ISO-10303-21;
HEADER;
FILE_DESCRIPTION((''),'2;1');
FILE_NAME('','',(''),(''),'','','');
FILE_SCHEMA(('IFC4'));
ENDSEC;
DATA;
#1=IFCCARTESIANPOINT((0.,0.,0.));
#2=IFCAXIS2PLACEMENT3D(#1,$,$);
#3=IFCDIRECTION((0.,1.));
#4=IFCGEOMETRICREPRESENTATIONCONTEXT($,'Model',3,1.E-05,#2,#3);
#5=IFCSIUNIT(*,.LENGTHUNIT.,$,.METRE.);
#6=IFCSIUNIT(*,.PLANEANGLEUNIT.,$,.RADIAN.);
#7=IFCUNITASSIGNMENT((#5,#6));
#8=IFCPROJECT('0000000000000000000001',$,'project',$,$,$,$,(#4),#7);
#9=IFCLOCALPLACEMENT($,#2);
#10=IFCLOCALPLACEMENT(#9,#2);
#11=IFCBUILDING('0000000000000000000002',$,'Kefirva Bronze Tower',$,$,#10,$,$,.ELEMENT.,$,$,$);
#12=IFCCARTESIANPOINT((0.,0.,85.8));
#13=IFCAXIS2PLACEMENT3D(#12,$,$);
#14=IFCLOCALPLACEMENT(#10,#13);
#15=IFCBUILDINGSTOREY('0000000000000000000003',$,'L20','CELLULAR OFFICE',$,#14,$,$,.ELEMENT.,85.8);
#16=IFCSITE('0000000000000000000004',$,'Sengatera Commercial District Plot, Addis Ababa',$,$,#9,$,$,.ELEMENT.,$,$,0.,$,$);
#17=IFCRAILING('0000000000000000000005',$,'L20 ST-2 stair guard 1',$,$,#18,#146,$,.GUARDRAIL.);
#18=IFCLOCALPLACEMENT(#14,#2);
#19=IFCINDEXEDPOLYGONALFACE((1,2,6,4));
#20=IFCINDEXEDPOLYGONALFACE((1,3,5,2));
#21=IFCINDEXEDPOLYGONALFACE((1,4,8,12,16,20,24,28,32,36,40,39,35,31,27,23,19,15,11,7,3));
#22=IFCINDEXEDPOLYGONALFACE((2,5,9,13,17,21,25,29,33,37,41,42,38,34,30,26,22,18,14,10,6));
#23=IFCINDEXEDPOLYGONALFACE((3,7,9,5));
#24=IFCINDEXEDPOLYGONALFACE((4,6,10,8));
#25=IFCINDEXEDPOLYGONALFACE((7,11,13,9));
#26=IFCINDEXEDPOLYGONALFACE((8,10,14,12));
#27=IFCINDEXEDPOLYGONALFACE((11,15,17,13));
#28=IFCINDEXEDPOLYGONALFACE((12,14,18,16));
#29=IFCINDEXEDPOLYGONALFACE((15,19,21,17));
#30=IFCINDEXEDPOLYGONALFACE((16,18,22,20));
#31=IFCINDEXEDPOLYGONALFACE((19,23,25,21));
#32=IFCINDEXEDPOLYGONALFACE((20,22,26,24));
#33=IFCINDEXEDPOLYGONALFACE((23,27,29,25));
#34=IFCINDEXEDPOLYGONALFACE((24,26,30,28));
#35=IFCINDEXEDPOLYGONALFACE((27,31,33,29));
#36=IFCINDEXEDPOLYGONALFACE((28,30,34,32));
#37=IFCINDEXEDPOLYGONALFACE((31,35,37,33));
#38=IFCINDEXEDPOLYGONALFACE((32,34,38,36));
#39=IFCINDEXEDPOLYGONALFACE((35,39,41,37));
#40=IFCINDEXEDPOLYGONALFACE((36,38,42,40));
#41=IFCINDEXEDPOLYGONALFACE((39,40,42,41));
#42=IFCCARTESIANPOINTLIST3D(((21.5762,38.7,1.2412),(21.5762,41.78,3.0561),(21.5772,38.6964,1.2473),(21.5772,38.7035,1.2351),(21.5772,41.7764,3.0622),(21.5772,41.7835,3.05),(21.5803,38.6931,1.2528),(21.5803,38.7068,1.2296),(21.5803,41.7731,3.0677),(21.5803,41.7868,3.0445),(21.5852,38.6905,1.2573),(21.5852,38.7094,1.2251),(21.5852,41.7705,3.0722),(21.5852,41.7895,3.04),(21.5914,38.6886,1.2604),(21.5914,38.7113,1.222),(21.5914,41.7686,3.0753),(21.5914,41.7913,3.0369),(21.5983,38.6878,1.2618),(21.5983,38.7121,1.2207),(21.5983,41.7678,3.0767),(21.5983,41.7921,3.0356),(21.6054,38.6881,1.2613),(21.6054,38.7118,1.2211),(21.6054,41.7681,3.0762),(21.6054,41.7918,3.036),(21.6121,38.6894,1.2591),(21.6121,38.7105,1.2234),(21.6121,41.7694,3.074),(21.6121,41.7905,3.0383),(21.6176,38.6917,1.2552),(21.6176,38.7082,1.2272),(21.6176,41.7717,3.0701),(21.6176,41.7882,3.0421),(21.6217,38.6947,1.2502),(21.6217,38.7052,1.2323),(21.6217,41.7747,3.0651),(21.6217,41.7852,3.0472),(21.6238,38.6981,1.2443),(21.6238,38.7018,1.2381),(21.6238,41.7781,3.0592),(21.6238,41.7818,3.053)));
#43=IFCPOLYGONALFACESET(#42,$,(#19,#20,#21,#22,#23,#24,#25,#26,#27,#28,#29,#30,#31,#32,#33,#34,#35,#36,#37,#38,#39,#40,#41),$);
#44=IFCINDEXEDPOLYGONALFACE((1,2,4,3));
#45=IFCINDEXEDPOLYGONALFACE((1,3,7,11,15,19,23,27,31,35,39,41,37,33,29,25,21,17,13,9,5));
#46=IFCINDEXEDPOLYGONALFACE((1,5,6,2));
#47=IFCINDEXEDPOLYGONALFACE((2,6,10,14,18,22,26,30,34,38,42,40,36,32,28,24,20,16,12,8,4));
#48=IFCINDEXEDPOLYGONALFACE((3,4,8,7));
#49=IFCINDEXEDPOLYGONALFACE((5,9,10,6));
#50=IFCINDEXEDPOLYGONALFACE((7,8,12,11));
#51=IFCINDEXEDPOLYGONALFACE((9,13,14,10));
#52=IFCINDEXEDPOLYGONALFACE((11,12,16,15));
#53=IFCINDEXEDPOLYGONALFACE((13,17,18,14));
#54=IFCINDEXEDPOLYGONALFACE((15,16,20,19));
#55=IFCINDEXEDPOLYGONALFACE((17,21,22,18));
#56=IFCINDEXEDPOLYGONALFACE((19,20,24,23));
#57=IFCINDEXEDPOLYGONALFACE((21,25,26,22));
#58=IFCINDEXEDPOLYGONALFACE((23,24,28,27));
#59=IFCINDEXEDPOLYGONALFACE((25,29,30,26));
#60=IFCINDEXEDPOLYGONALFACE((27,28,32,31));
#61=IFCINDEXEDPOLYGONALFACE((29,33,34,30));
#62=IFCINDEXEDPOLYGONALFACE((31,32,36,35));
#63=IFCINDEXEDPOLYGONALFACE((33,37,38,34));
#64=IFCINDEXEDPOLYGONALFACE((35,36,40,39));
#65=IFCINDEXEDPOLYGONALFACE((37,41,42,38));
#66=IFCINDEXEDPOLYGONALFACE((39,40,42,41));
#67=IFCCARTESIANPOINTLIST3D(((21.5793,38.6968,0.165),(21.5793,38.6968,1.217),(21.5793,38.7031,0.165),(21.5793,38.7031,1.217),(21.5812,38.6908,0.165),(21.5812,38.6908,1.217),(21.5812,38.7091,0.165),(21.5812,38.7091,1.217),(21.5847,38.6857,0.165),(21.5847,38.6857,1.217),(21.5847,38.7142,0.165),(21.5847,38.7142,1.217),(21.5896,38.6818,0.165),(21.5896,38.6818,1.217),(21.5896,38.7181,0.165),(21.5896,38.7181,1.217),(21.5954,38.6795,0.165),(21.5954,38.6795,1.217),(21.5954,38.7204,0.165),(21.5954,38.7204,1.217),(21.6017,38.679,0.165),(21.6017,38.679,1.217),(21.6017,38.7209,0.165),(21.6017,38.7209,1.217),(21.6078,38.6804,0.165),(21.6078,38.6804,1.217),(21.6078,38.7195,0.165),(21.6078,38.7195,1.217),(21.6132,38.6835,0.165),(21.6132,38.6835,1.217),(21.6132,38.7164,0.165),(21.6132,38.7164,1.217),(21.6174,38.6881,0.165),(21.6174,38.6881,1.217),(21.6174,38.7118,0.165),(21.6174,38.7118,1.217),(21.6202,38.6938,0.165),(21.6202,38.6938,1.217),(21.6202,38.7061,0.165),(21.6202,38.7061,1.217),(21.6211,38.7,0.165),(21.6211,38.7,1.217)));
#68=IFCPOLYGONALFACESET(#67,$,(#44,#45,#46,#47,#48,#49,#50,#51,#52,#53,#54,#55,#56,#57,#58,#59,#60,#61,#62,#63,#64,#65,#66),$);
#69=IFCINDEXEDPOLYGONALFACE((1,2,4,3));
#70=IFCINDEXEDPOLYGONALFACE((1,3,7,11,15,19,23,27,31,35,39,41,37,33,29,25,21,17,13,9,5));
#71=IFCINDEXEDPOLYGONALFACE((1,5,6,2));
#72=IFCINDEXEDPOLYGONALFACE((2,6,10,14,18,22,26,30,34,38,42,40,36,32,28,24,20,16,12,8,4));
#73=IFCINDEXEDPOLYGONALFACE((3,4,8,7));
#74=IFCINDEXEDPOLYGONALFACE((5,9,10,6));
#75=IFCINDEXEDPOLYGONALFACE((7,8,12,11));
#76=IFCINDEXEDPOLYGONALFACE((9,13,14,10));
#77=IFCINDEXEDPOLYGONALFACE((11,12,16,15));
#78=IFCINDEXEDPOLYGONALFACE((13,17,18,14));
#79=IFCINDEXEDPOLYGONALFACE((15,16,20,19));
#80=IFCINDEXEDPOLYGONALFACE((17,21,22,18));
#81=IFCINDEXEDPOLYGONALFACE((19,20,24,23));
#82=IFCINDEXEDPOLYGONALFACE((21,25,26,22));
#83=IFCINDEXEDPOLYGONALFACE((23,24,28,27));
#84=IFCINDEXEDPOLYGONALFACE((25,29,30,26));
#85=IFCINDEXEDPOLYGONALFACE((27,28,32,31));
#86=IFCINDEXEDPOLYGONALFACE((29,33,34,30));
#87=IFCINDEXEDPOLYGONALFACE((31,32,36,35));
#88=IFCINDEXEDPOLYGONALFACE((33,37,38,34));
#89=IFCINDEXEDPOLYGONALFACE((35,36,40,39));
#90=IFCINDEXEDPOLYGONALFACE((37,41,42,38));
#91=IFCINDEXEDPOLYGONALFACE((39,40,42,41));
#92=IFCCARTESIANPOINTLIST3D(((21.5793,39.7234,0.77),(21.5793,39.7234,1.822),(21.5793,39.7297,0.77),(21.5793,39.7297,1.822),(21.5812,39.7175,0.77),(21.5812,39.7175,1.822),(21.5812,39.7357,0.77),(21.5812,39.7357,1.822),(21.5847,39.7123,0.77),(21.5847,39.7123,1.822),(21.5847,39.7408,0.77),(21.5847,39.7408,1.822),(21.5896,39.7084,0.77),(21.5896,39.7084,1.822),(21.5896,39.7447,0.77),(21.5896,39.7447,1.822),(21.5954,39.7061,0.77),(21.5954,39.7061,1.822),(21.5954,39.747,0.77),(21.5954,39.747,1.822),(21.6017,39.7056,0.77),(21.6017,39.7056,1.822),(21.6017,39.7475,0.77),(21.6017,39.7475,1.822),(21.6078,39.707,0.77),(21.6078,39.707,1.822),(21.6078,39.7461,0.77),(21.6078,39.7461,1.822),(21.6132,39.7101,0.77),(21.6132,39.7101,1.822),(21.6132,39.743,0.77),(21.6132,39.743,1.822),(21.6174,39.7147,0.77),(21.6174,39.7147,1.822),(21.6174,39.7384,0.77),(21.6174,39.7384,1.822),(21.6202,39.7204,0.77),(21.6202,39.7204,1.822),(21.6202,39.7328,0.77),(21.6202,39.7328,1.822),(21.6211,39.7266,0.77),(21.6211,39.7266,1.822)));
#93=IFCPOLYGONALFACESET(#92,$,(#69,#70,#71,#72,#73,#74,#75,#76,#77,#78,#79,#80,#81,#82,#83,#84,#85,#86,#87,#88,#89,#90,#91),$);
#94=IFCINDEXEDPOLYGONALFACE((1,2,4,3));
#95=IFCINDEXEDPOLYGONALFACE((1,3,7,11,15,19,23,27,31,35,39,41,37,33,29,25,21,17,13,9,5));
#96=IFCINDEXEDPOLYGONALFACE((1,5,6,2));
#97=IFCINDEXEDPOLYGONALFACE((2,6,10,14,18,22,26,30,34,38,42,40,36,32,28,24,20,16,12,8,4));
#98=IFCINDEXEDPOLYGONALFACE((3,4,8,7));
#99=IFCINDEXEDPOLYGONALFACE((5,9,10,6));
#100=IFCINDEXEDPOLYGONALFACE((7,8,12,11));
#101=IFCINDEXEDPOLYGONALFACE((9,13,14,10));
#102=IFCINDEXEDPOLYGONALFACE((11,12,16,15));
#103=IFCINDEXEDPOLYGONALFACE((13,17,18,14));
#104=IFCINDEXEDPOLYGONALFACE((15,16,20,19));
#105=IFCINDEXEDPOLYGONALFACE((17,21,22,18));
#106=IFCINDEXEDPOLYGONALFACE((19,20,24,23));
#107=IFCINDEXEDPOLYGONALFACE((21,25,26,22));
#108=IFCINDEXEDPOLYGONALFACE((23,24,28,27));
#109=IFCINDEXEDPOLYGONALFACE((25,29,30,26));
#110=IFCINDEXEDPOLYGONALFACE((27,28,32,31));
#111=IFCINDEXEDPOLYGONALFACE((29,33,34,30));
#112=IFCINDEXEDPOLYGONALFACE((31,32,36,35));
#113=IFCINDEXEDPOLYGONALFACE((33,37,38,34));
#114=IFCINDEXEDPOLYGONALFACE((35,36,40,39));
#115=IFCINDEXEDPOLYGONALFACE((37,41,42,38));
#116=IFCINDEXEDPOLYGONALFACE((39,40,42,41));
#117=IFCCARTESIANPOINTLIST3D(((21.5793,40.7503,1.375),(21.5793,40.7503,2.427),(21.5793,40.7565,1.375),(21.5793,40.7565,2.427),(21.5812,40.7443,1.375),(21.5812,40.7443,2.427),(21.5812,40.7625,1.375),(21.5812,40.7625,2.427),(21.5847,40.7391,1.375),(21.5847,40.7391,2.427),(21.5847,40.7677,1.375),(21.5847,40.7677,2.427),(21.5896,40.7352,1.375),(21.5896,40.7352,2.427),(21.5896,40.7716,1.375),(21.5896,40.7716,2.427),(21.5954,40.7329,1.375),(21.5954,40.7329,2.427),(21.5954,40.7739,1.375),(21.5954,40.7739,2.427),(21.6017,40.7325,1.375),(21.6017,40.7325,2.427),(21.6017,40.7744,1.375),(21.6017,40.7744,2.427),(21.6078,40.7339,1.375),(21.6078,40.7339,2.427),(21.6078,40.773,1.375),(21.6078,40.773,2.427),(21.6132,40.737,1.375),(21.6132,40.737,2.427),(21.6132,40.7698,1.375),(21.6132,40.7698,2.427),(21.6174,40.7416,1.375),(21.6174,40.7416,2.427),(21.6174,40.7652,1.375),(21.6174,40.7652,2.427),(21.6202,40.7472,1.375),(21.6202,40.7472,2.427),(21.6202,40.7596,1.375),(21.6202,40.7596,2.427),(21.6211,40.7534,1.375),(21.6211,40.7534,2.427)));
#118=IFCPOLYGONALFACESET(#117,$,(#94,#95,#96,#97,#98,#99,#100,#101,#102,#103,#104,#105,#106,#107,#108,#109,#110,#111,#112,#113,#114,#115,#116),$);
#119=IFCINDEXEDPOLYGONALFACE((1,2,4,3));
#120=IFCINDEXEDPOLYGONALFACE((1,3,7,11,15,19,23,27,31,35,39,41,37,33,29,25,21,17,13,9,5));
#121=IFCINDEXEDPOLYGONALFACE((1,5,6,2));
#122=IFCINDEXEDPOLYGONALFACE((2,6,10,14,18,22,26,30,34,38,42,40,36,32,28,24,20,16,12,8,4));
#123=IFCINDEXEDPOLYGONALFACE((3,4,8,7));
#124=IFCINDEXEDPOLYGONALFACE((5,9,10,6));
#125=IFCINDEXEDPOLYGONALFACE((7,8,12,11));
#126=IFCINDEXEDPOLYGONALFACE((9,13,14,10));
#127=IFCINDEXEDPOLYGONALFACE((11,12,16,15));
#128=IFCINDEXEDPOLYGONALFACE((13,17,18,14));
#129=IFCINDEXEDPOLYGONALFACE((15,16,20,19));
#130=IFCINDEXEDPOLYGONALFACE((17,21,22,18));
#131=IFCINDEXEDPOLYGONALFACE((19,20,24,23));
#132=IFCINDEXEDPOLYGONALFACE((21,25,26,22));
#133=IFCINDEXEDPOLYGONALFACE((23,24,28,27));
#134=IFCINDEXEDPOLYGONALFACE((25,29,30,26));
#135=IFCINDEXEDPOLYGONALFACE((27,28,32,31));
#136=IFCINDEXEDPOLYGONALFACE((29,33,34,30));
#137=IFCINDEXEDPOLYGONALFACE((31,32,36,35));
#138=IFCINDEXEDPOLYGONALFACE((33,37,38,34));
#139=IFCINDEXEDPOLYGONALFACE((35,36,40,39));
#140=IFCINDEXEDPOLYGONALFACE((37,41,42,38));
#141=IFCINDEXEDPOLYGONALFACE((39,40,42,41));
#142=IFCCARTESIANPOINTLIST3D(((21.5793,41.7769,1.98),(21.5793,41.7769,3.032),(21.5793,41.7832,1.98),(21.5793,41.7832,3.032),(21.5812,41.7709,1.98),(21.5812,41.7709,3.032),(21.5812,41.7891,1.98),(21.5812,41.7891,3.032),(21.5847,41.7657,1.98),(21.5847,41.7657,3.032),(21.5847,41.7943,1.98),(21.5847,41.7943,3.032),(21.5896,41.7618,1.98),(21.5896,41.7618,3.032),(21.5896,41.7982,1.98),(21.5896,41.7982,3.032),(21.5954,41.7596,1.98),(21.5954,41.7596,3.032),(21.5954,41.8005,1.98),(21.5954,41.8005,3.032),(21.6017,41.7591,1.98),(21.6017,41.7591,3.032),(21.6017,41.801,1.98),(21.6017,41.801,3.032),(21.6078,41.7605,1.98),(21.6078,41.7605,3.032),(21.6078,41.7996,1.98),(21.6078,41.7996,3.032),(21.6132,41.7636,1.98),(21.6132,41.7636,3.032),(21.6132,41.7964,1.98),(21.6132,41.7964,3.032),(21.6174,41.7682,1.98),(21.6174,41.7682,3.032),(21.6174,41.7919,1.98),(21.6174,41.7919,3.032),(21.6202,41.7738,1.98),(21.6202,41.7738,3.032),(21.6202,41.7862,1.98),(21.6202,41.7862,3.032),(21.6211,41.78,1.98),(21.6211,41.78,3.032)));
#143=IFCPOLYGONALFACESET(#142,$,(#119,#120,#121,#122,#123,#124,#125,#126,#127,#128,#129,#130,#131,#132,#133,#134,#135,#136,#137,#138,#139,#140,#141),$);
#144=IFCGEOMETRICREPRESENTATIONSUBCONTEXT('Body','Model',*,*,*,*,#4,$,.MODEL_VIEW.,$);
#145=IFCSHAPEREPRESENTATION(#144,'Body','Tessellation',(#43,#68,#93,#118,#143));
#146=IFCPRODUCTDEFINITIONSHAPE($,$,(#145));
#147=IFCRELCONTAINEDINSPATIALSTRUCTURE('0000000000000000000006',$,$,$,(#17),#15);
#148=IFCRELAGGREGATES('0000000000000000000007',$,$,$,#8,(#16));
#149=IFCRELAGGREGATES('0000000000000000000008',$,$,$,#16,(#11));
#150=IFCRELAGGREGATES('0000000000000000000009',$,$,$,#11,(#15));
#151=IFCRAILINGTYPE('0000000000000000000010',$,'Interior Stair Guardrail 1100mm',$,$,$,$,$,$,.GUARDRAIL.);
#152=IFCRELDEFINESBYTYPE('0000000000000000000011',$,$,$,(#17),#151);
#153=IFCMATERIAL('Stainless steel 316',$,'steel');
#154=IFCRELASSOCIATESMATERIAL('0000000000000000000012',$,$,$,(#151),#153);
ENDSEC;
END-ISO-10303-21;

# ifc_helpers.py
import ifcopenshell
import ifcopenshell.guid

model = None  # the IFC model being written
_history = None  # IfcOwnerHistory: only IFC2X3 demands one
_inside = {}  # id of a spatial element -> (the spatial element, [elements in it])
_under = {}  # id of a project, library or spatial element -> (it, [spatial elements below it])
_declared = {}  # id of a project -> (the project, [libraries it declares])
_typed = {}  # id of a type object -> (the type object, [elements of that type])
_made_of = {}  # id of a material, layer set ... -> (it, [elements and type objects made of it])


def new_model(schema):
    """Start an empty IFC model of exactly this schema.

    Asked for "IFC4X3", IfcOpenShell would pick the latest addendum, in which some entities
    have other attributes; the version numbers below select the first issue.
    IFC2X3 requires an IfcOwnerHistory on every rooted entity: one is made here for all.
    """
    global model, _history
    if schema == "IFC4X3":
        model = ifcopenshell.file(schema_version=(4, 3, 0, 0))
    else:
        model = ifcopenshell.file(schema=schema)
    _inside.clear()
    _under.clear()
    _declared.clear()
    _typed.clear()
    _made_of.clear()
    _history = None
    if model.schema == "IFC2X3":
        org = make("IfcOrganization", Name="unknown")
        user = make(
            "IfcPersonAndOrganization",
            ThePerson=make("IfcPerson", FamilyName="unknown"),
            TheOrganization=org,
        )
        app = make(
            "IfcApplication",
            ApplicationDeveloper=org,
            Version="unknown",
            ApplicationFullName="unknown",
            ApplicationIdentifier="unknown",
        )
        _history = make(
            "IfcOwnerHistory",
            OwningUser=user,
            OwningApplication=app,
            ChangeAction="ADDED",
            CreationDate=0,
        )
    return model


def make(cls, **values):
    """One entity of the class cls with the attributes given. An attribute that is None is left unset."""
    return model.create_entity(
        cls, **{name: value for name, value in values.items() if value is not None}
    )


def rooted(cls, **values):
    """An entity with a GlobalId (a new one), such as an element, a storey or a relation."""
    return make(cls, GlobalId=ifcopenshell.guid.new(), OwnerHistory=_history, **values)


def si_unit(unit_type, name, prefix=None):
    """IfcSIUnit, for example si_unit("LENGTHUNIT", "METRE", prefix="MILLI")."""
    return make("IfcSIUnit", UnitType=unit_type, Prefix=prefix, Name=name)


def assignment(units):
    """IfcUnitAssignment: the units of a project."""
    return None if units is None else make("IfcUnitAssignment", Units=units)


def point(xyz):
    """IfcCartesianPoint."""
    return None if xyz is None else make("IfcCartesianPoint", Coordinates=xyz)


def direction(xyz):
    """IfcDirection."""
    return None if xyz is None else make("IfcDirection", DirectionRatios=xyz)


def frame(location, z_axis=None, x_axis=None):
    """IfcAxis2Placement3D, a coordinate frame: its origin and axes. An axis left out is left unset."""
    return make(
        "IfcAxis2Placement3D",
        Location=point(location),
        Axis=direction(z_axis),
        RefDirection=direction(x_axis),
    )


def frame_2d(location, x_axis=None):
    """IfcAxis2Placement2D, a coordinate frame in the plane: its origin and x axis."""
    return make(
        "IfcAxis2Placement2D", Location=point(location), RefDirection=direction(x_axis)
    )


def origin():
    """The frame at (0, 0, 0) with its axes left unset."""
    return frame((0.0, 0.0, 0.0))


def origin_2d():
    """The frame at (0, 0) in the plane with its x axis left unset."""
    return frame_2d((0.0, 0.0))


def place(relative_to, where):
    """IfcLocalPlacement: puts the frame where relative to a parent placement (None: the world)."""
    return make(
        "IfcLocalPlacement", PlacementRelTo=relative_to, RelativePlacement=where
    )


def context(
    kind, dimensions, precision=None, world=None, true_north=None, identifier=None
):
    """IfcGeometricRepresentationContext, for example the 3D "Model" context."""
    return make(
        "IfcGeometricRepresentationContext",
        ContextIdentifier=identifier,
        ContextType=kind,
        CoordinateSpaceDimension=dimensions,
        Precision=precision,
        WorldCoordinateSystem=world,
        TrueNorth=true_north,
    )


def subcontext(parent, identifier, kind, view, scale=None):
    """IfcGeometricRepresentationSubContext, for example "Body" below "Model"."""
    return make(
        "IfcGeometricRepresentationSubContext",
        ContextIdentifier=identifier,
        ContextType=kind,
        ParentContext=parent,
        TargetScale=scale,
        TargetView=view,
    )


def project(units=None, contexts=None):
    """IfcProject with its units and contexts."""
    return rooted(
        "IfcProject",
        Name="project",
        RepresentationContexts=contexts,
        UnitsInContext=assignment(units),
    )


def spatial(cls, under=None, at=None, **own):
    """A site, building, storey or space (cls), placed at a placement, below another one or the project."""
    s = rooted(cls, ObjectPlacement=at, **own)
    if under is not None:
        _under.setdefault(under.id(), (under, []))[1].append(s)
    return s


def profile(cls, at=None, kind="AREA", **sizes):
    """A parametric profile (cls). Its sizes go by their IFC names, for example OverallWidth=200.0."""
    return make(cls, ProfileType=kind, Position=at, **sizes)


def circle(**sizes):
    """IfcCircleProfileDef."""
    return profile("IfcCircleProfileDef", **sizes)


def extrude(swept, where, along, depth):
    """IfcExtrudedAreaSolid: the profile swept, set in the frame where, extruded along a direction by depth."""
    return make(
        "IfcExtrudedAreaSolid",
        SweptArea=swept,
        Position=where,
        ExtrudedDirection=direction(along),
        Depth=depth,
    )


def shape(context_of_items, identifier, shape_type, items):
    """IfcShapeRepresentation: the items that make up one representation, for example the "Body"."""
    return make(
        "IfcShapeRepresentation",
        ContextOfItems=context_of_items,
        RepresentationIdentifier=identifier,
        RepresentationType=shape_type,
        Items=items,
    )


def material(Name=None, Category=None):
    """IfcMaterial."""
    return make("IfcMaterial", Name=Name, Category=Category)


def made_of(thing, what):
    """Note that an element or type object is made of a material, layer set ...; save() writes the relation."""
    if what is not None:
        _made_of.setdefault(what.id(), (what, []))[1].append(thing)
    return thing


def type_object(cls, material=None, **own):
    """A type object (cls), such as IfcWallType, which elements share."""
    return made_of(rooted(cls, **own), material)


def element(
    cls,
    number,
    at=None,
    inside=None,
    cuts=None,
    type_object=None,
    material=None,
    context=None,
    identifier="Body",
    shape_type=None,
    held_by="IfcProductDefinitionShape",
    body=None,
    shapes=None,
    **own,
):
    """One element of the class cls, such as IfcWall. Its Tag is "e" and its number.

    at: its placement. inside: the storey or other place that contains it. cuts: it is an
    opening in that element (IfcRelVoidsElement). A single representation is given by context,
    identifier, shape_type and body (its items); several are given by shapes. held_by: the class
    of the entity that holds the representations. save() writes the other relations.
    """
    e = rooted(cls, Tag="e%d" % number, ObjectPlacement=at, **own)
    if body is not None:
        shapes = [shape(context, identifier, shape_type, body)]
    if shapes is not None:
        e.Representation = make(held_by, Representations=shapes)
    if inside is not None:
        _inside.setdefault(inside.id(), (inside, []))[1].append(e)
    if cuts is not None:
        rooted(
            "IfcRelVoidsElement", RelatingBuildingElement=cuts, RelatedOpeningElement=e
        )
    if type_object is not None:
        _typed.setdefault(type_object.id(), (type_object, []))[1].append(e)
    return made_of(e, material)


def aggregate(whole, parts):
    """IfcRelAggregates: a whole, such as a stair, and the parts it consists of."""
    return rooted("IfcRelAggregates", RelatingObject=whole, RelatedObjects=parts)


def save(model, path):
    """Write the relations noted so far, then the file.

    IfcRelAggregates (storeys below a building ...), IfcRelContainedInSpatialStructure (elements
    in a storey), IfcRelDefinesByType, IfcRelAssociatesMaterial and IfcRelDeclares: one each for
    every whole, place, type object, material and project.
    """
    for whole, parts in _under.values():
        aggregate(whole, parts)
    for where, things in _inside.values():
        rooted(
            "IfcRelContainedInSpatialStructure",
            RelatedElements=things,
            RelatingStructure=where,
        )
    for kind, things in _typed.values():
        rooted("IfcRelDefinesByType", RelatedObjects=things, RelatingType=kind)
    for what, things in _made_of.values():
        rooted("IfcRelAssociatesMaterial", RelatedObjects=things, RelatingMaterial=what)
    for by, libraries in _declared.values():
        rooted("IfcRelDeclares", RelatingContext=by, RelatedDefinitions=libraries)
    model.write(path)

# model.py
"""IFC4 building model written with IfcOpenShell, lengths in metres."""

from ifc_helpers import new_model, si_unit, direction, frame, origin, origin_2d, place, context, subcontext, project, spatial, circle, extrude, material, type_object, element, save


model = new_model("IFC4")

# Units and contexts
model_context = context("Model", 3, precision=1e-05, world=origin(), true_north=direction((0.0, 1.0)))
body_context = subcontext(model_context, "Body", "Model", "MODEL_VIEW")
ifc_project = project(units=[si_unit("LENGTHUNIT", "METRE"), si_unit("PLANEANGLEUNIT", "RADIAN")], contexts=[model_context])

# Site, building, storey
site_placement = place(None, origin())
site = spatial("IfcSite", under=ifc_project, at=site_placement, Name="Sengatera Commercial District Plot, Addis Ababa", CompositionType="ELEMENT", RefElevation=0.0)
building_placement = place(site_placement, origin())
building = spatial("IfcBuilding", under=site, at=building_placement, Name="Kefirva Bronze Tower", CompositionType="ELEMENT")
storey_placement = place(building_placement, frame((0.0, 0.0, 85.8)))
storey = spatial("IfcBuildingStorey", under=building, at=storey_placement, Name="L20", Description="CELLULAR OFFICE", CompositionType="ELEMENT", Elevation=85.8)

# Railing
ifc_material_1 = material(Name="Stainless steel 316", Category="steel")
railing_type_1 = type_object("IfcRailingType", Name="Interior Stair Guardrail 1100mm", PredefinedType="GUARDRAIL", material=ifc_material_1)
railing_1_placement = place(storey_placement, frame((21.6001, 38.7, 0.165)))
element("IfcRailing", 1, at=railing_1_placement, inside=storey, type_object=railing_type_1, Name="L20 ST-2 stair guard 1", PredefinedType="GUARDRAIL", context=body_context, shape_type="SweptSolid", body=[
    extrude(circle(Radius=0.0239, at=origin_2d()), frame((0.0, 0.0, 1.0762), z_axis=(0.0, 0.861551, 0.507671), x_axis=(-1.0, 0.0, 0.0)), (0.0, 0.0, 1.0), 3.575),
    extrude(circle(Radius=0.021, at=origin_2d()), origin(), (0.0, 0.0, 1.0), 1.052),
    extrude(circle(Radius=0.021, at=origin_2d()), frame((0.0, 1.0266, 0.605)), (0.0, 0.0, 1.0), 1.052),
    extrude(circle(Radius=0.021, at=origin_2d()), frame((0.0, 2.0535, 1.21)), (0.0, 0.0, 1.0), 1.052),
    extrude(circle(Radius=0.021, at=origin_2d()), frame((0.0, 3.0801, 1.8149)), (0.0, 0.0, 1.0), 1.052),
])

save(model, "model.ifc")
